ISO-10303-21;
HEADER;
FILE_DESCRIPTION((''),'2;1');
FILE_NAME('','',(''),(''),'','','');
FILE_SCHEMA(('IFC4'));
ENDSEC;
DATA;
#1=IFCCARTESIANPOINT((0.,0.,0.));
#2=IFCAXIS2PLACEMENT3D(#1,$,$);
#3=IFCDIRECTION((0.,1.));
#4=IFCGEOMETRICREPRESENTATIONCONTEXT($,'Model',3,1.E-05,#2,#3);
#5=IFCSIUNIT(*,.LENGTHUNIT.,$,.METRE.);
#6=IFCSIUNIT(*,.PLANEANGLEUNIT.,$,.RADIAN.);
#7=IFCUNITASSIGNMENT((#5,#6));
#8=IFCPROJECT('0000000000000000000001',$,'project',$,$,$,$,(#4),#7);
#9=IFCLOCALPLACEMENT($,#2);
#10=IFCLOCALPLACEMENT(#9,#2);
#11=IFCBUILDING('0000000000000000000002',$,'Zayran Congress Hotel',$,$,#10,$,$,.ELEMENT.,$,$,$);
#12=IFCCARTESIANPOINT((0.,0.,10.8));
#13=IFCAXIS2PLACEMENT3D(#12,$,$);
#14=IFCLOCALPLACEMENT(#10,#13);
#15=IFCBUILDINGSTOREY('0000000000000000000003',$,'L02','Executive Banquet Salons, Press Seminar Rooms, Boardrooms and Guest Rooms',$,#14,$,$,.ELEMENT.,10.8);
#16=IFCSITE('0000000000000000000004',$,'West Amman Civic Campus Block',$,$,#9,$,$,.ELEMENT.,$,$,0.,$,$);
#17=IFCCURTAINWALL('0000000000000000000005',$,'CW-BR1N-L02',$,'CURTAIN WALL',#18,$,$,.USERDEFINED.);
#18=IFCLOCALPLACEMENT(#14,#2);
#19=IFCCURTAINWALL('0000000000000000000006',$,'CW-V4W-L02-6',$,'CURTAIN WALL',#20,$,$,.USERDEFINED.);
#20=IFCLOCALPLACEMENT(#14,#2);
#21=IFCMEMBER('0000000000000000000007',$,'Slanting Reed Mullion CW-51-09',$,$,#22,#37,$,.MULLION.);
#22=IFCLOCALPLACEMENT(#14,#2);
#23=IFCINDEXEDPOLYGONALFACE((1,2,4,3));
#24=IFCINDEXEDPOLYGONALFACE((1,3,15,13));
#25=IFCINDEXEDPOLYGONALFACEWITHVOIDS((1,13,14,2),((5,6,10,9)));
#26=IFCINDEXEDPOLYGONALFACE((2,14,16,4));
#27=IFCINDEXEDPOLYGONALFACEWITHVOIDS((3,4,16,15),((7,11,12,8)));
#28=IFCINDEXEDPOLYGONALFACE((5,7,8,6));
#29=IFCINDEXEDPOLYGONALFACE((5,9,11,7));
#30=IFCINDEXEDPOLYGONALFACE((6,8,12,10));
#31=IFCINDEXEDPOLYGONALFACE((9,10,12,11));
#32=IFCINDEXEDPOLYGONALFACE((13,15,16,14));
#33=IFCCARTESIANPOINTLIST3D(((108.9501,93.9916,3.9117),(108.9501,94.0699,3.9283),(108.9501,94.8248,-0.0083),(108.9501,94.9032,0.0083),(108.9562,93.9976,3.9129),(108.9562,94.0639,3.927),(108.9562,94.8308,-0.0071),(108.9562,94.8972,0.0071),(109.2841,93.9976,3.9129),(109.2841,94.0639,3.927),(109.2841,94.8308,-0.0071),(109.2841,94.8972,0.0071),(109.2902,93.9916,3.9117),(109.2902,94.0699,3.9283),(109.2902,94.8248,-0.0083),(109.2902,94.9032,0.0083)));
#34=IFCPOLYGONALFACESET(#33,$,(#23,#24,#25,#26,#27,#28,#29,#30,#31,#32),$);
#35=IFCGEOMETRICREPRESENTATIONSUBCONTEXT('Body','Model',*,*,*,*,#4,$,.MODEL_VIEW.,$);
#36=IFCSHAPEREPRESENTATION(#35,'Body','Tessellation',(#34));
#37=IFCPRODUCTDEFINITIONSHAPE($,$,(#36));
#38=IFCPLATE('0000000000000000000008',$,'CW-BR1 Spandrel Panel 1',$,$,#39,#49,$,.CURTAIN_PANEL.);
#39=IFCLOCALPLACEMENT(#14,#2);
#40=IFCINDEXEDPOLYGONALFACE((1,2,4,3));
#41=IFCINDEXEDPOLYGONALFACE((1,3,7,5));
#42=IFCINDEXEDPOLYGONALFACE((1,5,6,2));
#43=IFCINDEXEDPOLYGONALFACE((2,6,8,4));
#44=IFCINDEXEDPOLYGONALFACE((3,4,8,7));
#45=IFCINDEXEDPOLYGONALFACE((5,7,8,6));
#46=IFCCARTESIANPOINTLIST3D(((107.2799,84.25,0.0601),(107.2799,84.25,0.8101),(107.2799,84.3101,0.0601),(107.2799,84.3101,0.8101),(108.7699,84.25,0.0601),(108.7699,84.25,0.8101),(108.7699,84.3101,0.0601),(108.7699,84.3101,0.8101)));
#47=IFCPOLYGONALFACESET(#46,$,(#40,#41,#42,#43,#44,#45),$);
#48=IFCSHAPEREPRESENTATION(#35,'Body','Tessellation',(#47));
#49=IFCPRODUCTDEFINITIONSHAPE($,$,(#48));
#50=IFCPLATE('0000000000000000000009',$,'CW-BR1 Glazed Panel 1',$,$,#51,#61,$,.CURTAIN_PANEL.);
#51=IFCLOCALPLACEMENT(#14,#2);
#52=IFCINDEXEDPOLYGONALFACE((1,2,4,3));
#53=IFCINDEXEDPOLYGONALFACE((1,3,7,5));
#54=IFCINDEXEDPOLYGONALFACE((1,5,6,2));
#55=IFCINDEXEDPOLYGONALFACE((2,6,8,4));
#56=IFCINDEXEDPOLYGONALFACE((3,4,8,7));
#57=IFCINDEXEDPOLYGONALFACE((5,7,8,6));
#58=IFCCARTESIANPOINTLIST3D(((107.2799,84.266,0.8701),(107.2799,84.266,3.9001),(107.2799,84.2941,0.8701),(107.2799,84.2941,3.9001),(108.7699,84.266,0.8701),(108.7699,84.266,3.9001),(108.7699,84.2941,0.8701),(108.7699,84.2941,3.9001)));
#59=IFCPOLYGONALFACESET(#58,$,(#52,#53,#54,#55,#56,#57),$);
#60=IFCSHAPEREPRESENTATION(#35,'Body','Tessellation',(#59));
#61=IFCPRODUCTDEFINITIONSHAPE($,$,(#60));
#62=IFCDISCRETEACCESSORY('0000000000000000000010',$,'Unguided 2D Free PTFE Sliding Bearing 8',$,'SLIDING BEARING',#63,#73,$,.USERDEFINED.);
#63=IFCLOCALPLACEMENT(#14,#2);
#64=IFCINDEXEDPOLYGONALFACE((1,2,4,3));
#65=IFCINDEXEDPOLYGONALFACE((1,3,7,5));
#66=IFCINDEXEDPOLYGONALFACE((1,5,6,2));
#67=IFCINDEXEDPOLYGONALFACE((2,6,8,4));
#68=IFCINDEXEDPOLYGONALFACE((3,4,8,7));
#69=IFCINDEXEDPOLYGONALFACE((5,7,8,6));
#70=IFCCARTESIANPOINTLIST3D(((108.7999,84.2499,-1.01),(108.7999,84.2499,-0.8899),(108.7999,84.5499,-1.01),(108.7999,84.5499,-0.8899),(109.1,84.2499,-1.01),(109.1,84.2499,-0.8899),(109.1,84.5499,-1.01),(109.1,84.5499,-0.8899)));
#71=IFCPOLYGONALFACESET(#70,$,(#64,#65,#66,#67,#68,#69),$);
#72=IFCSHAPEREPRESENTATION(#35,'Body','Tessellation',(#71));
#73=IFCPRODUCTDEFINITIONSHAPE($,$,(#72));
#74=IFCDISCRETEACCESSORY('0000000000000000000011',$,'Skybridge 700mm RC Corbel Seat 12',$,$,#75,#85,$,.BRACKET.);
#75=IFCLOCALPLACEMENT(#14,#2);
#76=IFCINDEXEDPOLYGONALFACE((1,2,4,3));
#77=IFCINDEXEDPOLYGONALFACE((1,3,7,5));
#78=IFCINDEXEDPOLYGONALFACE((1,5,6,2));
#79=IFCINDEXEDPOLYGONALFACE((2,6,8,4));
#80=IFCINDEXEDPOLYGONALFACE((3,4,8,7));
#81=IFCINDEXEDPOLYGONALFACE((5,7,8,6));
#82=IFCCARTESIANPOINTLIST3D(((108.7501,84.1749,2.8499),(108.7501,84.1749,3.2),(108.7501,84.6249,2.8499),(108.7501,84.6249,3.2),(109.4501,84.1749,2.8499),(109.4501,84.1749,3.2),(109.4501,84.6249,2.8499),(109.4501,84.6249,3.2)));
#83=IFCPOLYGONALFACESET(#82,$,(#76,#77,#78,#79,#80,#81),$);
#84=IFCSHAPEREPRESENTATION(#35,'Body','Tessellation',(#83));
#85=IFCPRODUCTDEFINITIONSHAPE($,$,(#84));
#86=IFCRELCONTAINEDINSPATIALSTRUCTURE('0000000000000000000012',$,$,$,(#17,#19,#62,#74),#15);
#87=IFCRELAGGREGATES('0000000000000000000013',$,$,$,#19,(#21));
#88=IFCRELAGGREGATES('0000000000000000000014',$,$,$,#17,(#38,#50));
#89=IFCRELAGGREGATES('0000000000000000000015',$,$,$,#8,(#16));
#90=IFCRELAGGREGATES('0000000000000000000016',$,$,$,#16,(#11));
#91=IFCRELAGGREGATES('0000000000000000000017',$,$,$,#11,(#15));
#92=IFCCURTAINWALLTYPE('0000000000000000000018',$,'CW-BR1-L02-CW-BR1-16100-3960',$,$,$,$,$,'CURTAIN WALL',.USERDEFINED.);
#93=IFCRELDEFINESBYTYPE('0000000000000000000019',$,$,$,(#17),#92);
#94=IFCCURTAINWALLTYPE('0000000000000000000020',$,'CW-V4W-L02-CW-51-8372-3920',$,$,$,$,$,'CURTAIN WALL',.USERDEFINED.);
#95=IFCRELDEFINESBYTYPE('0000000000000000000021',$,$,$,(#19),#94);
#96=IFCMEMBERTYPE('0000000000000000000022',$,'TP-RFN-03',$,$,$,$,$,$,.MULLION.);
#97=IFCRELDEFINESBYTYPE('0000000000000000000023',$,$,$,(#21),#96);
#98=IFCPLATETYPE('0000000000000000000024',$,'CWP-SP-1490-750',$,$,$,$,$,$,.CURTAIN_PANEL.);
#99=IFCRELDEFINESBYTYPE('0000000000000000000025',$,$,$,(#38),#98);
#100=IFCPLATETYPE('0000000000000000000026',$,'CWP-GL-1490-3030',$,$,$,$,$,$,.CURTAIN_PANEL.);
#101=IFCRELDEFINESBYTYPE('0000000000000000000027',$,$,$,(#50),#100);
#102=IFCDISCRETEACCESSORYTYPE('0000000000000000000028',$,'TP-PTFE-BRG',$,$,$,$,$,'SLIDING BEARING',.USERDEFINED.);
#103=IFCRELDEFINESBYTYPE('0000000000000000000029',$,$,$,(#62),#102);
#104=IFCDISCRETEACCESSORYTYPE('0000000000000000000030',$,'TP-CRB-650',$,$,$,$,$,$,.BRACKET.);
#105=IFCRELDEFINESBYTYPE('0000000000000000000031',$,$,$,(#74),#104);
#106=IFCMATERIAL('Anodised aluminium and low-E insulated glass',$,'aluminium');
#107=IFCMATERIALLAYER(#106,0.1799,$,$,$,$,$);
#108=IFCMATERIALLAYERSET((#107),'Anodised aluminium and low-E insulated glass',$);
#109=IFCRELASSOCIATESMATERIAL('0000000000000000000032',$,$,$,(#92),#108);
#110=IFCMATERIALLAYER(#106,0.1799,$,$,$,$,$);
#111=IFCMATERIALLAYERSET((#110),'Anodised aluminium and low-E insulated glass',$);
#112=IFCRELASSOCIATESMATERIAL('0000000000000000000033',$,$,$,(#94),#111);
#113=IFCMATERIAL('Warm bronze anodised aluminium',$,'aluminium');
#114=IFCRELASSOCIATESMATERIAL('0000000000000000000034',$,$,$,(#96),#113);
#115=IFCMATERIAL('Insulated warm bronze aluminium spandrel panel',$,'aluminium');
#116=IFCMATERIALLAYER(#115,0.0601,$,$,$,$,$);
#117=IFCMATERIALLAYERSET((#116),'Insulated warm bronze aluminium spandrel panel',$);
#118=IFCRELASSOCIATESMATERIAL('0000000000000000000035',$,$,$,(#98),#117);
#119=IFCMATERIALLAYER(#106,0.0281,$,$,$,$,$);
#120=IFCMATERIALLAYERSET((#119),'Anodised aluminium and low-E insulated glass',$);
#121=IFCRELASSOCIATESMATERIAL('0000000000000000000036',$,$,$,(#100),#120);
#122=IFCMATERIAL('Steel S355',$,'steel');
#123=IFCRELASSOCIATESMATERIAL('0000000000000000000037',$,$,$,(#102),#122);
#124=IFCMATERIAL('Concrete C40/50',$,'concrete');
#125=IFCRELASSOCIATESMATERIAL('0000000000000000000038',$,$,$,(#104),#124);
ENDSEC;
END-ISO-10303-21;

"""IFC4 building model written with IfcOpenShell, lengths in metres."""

from ifc_helpers import new_model, si_unit, direction, frame, origin, origin_2d, place, context, subcontext, project, spatial, rectangle, hollow_rectangle, extrude, material, layer, layer_set, material_profile, profile_set, type_object, element, aggregate, save


model = new_model("IFC4")

# Units and contexts
model_context = context("Model", 3, precision=1e-05, world=origin(), true_north=direction((0.0, 1.0)))
body_context = subcontext(model_context, "Body", "Model", "MODEL_VIEW")
ifc_project = project(units=[si_unit("LENGTHUNIT", "METRE"), si_unit("PLANEANGLEUNIT", "RADIAN")], contexts=[model_context])

# Site, building, storey
site_placement = place(None, origin())
site = spatial("IfcSite", under=ifc_project, at=site_placement, Name="West Amman Civic Campus Block", CompositionType="ELEMENT", RefElevation=0.0)
building_placement = place(site_placement, origin())
building = spatial("IfcBuilding", under=site, at=building_placement, Name="Zayran Congress Hotel", CompositionType="ELEMENT")
storey_placement = place(building_placement, frame((0.0, 0.0, 10.8)))
storey = spatial("IfcBuildingStorey", under=building, at=storey_placement, Name="L02", Description="Executive Banquet Salons, Press Seminar Rooms, Boardrooms and Guest Rooms", CompositionType="ELEMENT", Elevation=10.8)

# Curtain walls
ifc_material_1 = material(Name="Anodised aluminium and low-E insulated glass", Category="aluminium")
ifc_layer_1 = layer(ifc_material_1, 0.1799)
ifc_layer_set_1 = layer_set([ifc_layer_1], Name="Anodised aluminium and low-E insulated glass")
curtain_wall_type_1 = type_object("IfcCurtainWallType", Name="CW-BR1-L02-CW-BR1-16100-3960", ElementType="CURTAIN WALL", PredefinedType="USERDEFINED", material=ifc_layer_set_1)
curtain_wall_1_placement = place(storey_placement, origin())
curtain_wall_1 = element("IfcCurtainWall", 1, at=curtain_wall_1_placement, inside=storey, type_object=curtain_wall_type_1, Name="CW-BR1N-L02", ObjectType="CURTAIN WALL", PredefinedType="USERDEFINED")
ifc_material_2 = material(Name="Warm bronze anodised aluminium", Category="aluminium")
ifc_layer_2 = layer(ifc_material_1, 0.1799)
ifc_layer_set_2 = layer_set([ifc_layer_2], Name="Anodised aluminium and low-E insulated glass")
curtain_wall_type_2 = type_object("IfcCurtainWallType", Name="CW-V4W-L02-CW-51-8372-3920", ElementType="CURTAIN WALL", PredefinedType="USERDEFINED", material=ifc_layer_set_2)
curtain_wall_2_placement = place(storey_placement, origin())
curtain_wall_2 = element("IfcCurtainWall", 2, at=curtain_wall_2_placement, inside=storey, type_object=curtain_wall_type_2, Name="CW-V4W-L02-6", ObjectType="CURTAIN WALL", PredefinedType="USERDEFINED")

# Member
ifc_material_profile_1 = material_profile(ifc_material_2, hollow_rectangle(XDim=0.0801, YDim=0.3401, WallThickness=0.0061, at=origin_2d()), Name="RHS 340x80x6")
ifc_profile_set_1 = profile_set([ifc_material_profile_1], Name="Warm bronze anodised aluminium")
member_type_1 = type_object("IfcMemberType", Name="TP-RFN-03", PredefinedType="MULLION", material=ifc_profile_set_1)
member_1_placement = place(storey_placement, frame((109.1201, 94.864, 0.0), z_axis=(0.0, -0.207923, 0.978145), x_axis=(0.0, 0.978145, 0.207923)))
member_1 = element("IfcMember", 3, at=member_1_placement, type_object=member_type_1, Name="Slanting Reed Mullion CW-51-09", PredefinedType="MULLION", context=body_context, shape_type="SweptSolid", body=[
    extrude(hollow_rectangle(XDim=0.0801, YDim=0.3401, WallThickness=0.0061, at=origin_2d()), origin(), (0.0, 0.0, 1.0), 4.0076),
])
aggregate(curtain_wall_2, [member_1])

# Plates
ifc_material_3 = material(Name="Insulated warm bronze aluminium spandrel panel", Category="aluminium")
ifc_layer_3 = layer(ifc_material_3, 0.0601)
ifc_layer_set_3 = layer_set([ifc_layer_3], Name="Insulated warm bronze aluminium spandrel panel")
plate_type_1 = type_object("IfcPlateType", Name="CWP-SP-1490-750", PredefinedType="CURTAIN_PANEL", material=ifc_layer_set_3)
plate_1_placement = place(storey_placement, frame((108.0249, 84.28, 0.0601), z_axis=(0.0, 0.0, 1.0), x_axis=(1.0, 0.0, 0.0)))
plate_1 = element("IfcPlate", 4, at=plate_1_placement, type_object=plate_type_1, Name="CW-BR1 Spandrel Panel 1", PredefinedType="CURTAIN_PANEL", context=body_context, shape_type="SweptSolid", body=[
    extrude(rectangle(XDim=1.49, YDim=0.0601, at=origin_2d()), origin(), (0.0, 0.0, 1.0), 0.75),
])
ifc_layer_4 = layer(ifc_material_1, 0.0281)
ifc_layer_set_4 = layer_set([ifc_layer_4], Name="Anodised aluminium and low-E insulated glass")
plate_type_2 = type_object("IfcPlateType", Name="CWP-GL-1490-3030", PredefinedType="CURTAIN_PANEL", material=ifc_layer_set_4)
plate_2_placement = place(storey_placement, frame((108.0249, 84.28, 0.8701), z_axis=(0.0, 0.0, 1.0), x_axis=(1.0, 0.0, 0.0)))
plate_2 = element("IfcPlate", 5, at=plate_2_placement, type_object=plate_type_2, Name="CW-BR1 Glazed Panel 1", PredefinedType="CURTAIN_PANEL", context=body_context, shape_type="SweptSolid", body=[
    extrude(rectangle(XDim=1.49, YDim=0.0281, at=origin_2d()), origin(), (0.0, 0.0, 1.0), 3.03),
])
aggregate(curtain_wall_1, [plate_1, plate_2])

# Discrete accessories
ifc_material_4 = material(Name="Steel S355", Category="steel")
discrete_accessory_type_1 = type_object("IfcDiscreteAccessoryType", Name="TP-PTFE-BRG", ElementType="SLIDING BEARING", PredefinedType="USERDEFINED", material=ifc_material_4)
discrete_accessory_1_placement = place(storey_placement, frame((108.95, 84.3999, -1.01), z_axis=(0.0, 0.0, 1.0), x_axis=(1.0, 0.0, 0.0)))
element("IfcDiscreteAccessory", 6, at=discrete_accessory_1_placement, inside=storey, type_object=discrete_accessory_type_1, Name="Unguided 2D Free PTFE Sliding Bearing 8", ObjectType="SLIDING BEARING", PredefinedType="USERDEFINED", context=body_context, shape_type="SweptSolid", body=[
    extrude(rectangle(XDim=0.3, YDim=0.3, at=origin_2d()), origin(), (0.0, 0.0, 1.0), 0.1201),
])
ifc_material_5 = material(Name="Concrete C40/50", Category="concrete")
discrete_accessory_type_2 = type_object("IfcDiscreteAccessoryType", Name="TP-CRB-650", PredefinedType="BRACKET", material=ifc_material_5)
discrete_accessory_2_placement = place(storey_placement, frame((109.1001, 84.3999, 2.8499), z_axis=(0.0, 0.0, 1.0), x_axis=(1.0, 0.0, 0.0)))
element("IfcDiscreteAccessory", 7, at=discrete_accessory_2_placement, inside=storey, type_object=discrete_accessory_type_2, Name="Skybridge 700mm RC Corbel Seat 12", PredefinedType="BRACKET", context=body_context, shape_type="SweptSolid", body=[
    extrude(rectangle(XDim=0.7, YDim=0.45, at=origin_2d()), origin(), (0.0, 0.0, 1.0), 0.3501),
])

save(model, "model.ifc")
